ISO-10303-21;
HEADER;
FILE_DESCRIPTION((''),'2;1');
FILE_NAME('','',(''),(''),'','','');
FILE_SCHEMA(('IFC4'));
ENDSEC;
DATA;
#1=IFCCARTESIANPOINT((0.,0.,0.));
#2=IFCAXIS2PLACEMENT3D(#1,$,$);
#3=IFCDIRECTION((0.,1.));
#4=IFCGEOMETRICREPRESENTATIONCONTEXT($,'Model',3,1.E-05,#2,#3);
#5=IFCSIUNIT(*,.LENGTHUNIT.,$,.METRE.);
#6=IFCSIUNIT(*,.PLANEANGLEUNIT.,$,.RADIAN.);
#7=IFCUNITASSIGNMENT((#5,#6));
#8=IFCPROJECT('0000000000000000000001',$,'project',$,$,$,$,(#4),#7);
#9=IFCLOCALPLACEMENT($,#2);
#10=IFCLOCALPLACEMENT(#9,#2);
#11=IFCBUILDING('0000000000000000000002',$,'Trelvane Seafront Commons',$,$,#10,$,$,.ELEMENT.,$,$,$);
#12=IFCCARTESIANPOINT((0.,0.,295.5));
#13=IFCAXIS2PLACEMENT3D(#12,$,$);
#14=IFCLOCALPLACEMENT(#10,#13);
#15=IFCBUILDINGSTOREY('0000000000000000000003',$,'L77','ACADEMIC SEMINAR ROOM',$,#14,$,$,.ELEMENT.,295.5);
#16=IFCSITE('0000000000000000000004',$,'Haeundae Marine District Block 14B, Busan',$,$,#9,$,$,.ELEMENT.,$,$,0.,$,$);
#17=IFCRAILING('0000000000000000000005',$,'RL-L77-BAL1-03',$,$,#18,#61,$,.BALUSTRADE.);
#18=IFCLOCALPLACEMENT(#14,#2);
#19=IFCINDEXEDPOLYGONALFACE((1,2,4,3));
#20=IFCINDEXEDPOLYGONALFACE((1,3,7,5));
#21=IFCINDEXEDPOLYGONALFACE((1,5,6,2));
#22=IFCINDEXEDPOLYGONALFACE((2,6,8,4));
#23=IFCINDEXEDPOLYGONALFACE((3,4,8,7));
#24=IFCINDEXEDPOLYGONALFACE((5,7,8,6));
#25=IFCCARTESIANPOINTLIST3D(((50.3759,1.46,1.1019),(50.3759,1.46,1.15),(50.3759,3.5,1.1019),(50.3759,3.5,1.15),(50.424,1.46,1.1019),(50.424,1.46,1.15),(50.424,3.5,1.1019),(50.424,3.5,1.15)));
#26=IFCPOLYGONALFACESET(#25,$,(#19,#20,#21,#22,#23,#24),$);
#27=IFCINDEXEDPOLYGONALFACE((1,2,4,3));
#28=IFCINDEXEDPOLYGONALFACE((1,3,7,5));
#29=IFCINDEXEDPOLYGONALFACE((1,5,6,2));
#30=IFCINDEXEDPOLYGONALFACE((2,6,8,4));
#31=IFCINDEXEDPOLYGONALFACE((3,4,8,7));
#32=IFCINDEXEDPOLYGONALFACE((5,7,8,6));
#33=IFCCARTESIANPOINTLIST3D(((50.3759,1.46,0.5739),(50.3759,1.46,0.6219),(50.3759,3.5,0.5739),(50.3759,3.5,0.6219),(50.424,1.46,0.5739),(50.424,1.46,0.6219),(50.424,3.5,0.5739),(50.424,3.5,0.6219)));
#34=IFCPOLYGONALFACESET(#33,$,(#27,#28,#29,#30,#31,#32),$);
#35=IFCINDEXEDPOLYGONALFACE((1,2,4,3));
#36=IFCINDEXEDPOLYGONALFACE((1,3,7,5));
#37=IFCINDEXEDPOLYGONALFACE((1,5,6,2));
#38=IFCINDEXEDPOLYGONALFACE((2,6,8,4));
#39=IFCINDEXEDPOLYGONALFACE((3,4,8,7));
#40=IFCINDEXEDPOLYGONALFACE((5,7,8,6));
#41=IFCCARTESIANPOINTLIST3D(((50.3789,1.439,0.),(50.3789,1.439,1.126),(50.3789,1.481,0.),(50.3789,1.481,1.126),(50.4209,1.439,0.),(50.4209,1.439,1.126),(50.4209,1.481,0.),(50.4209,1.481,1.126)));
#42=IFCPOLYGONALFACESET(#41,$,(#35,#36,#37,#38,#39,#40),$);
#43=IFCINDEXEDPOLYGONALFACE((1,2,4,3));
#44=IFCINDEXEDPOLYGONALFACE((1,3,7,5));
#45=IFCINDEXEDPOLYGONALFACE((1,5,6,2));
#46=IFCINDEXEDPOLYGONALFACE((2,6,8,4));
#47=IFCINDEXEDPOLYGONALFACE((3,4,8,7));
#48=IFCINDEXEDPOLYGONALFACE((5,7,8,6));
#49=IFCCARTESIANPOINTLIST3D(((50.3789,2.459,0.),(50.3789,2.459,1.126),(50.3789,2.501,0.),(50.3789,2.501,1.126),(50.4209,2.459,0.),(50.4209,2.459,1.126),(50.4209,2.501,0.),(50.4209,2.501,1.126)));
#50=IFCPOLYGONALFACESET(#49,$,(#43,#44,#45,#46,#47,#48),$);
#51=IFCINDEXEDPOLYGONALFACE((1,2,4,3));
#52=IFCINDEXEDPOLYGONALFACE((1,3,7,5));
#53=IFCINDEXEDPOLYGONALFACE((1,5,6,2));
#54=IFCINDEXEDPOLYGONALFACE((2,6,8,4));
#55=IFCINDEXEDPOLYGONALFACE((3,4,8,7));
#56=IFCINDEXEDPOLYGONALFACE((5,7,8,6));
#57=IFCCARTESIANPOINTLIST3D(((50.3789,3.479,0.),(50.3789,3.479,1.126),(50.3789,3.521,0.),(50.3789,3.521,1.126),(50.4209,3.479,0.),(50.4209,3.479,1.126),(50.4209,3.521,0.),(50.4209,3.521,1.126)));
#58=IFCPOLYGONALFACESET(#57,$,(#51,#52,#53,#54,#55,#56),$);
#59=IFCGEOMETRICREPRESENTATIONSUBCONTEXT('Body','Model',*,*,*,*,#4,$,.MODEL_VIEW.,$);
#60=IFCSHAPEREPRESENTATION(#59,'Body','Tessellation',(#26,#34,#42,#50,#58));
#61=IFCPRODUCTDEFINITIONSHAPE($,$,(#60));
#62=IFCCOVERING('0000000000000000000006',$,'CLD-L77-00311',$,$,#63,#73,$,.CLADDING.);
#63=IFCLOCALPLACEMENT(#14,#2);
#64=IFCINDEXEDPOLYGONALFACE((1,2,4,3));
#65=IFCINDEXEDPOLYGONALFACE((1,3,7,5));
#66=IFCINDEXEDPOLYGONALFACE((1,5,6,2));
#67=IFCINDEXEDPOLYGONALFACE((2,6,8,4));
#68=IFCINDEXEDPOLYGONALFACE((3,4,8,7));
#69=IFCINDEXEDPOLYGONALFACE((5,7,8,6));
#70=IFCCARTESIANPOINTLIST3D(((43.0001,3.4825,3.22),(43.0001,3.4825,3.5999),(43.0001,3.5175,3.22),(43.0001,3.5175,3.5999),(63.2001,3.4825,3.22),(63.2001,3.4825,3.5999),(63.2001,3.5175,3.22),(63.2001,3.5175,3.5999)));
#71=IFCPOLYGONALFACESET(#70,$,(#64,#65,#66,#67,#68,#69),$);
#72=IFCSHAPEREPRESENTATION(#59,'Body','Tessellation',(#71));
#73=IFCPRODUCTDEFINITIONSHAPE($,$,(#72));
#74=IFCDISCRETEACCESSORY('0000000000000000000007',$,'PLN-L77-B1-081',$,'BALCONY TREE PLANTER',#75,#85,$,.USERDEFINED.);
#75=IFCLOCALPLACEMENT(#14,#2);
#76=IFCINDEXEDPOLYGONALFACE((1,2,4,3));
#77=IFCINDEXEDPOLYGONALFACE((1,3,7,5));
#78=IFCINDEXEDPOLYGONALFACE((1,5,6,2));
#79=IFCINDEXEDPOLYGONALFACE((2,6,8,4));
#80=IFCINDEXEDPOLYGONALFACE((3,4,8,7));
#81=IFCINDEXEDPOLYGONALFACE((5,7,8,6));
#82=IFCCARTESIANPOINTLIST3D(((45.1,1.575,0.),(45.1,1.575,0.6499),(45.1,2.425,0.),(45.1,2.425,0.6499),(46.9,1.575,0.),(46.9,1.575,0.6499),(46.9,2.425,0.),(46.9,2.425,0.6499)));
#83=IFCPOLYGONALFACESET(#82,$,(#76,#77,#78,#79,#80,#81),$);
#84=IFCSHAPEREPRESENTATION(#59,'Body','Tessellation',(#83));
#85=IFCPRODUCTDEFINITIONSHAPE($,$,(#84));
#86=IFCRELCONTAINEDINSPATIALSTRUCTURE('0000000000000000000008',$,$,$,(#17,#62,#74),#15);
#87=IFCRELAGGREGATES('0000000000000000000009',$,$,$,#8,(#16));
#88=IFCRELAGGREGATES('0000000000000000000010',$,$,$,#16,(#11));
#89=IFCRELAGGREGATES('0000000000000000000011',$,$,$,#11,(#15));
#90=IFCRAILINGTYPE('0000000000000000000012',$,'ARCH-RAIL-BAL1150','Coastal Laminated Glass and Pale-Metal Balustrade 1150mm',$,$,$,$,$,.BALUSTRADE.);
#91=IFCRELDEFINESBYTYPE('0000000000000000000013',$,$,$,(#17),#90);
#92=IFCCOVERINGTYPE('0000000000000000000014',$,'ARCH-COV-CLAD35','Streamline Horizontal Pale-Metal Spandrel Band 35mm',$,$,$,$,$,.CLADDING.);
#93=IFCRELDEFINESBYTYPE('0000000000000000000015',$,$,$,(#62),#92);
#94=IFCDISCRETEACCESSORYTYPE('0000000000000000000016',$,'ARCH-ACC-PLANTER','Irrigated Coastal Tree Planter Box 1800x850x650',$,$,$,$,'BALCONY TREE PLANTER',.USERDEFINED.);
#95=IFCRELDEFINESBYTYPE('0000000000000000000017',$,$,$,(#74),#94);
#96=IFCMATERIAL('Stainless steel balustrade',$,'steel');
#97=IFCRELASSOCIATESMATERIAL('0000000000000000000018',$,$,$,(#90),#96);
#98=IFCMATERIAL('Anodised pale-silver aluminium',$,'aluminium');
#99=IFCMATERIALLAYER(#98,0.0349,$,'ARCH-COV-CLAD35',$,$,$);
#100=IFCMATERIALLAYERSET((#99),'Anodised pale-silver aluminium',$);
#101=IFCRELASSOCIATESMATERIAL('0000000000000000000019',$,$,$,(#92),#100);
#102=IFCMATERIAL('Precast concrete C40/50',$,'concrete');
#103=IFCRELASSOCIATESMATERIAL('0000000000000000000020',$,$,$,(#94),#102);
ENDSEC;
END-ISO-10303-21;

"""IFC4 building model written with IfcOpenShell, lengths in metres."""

from ifc_helpers import new_model, si_unit, direction, frame, origin, origin_2d, place, context, subcontext, project, spatial, rectangle, extrude, source, transform, mapped, material, layer, layer_set, type_object, element, save


model = new_model("IFC4")

# Units and contexts
model_context = context("Model", 3, precision=1e-05, world=origin(), true_north=direction((0.0, 1.0)))
body_context = subcontext(model_context, "Body", "Model", "MODEL_VIEW")
ifc_project = project(units=[si_unit("LENGTHUNIT", "METRE"), si_unit("PLANEANGLEUNIT", "RADIAN")], contexts=[model_context])

# Site, building, storey
site_placement = place(None, origin())
site = spatial("IfcSite", under=ifc_project, at=site_placement, Name="Haeundae Marine District Block 14B, Busan", CompositionType="ELEMENT", RefElevation=0.0)
building_placement = place(site_placement, origin())
building = spatial("IfcBuilding", under=site, at=building_placement, Name="Trelvane Seafront Commons", CompositionType="ELEMENT")
storey_placement = place(building_placement, frame((0.0, 0.0, 295.5)))
storey = spatial("IfcBuildingStorey", under=building, at=storey_placement, Name="L77", Description="ACADEMIC SEMINAR ROOM", CompositionType="ELEMENT", Elevation=295.5)

# Shared definitions
ifc_material_1 = material(Name="Anodised pale-silver aluminium", Category="aluminium")

# Shared definitions
ifc_material_2 = material(Name="Precast concrete C40/50", Category="concrete")

# Railing
ifc_material_3 = material(Name="Stainless steel balustrade", Category="steel")
railing_type = type_object("IfcRailingType", Name="ARCH-RAIL-BAL1150", Description="Coastal Laminated Glass and Pale-Metal Balustrade 1150mm", PredefinedType="BALUSTRADE", material=ifc_material_3)
railing_placement = place(storey_placement, frame((50.3999, 1.46, 0.0)))
element("IfcRailing", 1, at=railing_placement, inside=storey, type_object=railing_type, Name="RL-L77-BAL1-03", PredefinedType="BALUSTRADE", context=body_context, shape_type="SweptSolid", body=[
    extrude(rectangle(XDim=0.0481, YDim=0.0481, at=origin_2d()), frame((0.0, 0.0, 1.126), z_axis=(0.0, 1.0, 0.0), x_axis=(-1.0, 0.0, 0.0)), (0.0, 0.0, 1.0), 2.04),
    extrude(rectangle(XDim=0.0481, YDim=0.0481, at=origin_2d()), frame((0.0, 0.0, 0.5979), z_axis=(0.0, 1.0, 0.0), x_axis=(-1.0, 0.0, 0.0)), (0.0, 0.0, 1.0), 2.04),
    extrude(rectangle(XDim=0.042, YDim=0.042, at=origin_2d()), origin(), (0.0, 0.0, 1.0), 1.126),
    extrude(rectangle(XDim=0.042, YDim=0.042, at=origin_2d()), frame((0.0, 1.02, 0.0)), (0.0, 0.0, 1.0), 1.126),
    extrude(rectangle(XDim=0.042, YDim=0.042, at=origin_2d()), frame((0.0, 2.04, 0.0)), (0.0, 0.0, 1.0), 1.126),
])

# Covering
ifc_layer_1 = layer(ifc_material_1, 0.0349, Name="ARCH-COV-CLAD35")
ifc_layer_set_1 = layer_set([ifc_layer_1], Name="Anodised pale-silver aluminium")
covering_type = type_object("IfcCoveringType", Name="ARCH-COV-CLAD35", Description="Streamline Horizontal Pale-Metal Spandrel Band 35mm", PredefinedType="CLADDING", material=ifc_layer_set_1)
shared_shape_1 = source(origin(), body_context, "Body", "SweptSolid", [
    extrude(rectangle(XDim=20.2, YDim=0.0349, at=origin_2d()), origin(), (0.0, 0.0, 1.0), 0.3799),
])
covering_placement = place(storey_placement, frame((53.1001, 3.5, 3.22), z_axis=(0.0, 0.0, 1.0), x_axis=(-1.0, 0.0, 0.0)))
element("IfcCovering", 2, at=covering_placement, inside=storey, type_object=covering_type, Name="CLD-L77-00311", PredefinedType="CLADDING", context=body_context, shape_type="MappedRepresentation", body=[
    mapped(shared_shape_1, transform((0.0, 0.0, 0.0), x_axis=(1.0, 0.0, 0.0), y_axis=(0.0, 1.0, 0.0), z_axis=(0.0, 0.0, 1.0), scale=1.0)),
])

# Discrete accessory
discrete_accessory_type = type_object("IfcDiscreteAccessoryType", Name="ARCH-ACC-PLANTER", Description="Irrigated Coastal Tree Planter Box 1800x850x650", ElementType="BALCONY TREE PLANTER", PredefinedType="USERDEFINED", material=ifc_material_2)
shared_shape_2 = source(origin(), body_context, "Body", "SweptSolid", [
    extrude(rectangle(XDim=1.8, YDim=0.8501, at=origin_2d()), origin(), (0.0, 0.0, 1.0), 0.6499),
])
discrete_accessory_placement = place(storey_placement, frame((46.0, 2.0, 0.0), z_axis=(0.0, 0.0, 1.0), x_axis=(1.0, 0.0, 0.0)))
element("IfcDiscreteAccessory", 3, at=discrete_accessory_placement, inside=storey, type_object=discrete_accessory_type, Name="PLN-L77-B1-081", ObjectType="BALCONY TREE PLANTER", PredefinedType="USERDEFINED", context=body_context, shape_type="MappedRepresentation", body=[
    mapped(shared_shape_2, transform((0.0, 0.0, 0.0), x_axis=(1.0, 0.0, 0.0), y_axis=(0.0, 1.0, 0.0), z_axis=(0.0, 0.0, 1.0), scale=1.0)),
])

save(model, "model.ifc")
